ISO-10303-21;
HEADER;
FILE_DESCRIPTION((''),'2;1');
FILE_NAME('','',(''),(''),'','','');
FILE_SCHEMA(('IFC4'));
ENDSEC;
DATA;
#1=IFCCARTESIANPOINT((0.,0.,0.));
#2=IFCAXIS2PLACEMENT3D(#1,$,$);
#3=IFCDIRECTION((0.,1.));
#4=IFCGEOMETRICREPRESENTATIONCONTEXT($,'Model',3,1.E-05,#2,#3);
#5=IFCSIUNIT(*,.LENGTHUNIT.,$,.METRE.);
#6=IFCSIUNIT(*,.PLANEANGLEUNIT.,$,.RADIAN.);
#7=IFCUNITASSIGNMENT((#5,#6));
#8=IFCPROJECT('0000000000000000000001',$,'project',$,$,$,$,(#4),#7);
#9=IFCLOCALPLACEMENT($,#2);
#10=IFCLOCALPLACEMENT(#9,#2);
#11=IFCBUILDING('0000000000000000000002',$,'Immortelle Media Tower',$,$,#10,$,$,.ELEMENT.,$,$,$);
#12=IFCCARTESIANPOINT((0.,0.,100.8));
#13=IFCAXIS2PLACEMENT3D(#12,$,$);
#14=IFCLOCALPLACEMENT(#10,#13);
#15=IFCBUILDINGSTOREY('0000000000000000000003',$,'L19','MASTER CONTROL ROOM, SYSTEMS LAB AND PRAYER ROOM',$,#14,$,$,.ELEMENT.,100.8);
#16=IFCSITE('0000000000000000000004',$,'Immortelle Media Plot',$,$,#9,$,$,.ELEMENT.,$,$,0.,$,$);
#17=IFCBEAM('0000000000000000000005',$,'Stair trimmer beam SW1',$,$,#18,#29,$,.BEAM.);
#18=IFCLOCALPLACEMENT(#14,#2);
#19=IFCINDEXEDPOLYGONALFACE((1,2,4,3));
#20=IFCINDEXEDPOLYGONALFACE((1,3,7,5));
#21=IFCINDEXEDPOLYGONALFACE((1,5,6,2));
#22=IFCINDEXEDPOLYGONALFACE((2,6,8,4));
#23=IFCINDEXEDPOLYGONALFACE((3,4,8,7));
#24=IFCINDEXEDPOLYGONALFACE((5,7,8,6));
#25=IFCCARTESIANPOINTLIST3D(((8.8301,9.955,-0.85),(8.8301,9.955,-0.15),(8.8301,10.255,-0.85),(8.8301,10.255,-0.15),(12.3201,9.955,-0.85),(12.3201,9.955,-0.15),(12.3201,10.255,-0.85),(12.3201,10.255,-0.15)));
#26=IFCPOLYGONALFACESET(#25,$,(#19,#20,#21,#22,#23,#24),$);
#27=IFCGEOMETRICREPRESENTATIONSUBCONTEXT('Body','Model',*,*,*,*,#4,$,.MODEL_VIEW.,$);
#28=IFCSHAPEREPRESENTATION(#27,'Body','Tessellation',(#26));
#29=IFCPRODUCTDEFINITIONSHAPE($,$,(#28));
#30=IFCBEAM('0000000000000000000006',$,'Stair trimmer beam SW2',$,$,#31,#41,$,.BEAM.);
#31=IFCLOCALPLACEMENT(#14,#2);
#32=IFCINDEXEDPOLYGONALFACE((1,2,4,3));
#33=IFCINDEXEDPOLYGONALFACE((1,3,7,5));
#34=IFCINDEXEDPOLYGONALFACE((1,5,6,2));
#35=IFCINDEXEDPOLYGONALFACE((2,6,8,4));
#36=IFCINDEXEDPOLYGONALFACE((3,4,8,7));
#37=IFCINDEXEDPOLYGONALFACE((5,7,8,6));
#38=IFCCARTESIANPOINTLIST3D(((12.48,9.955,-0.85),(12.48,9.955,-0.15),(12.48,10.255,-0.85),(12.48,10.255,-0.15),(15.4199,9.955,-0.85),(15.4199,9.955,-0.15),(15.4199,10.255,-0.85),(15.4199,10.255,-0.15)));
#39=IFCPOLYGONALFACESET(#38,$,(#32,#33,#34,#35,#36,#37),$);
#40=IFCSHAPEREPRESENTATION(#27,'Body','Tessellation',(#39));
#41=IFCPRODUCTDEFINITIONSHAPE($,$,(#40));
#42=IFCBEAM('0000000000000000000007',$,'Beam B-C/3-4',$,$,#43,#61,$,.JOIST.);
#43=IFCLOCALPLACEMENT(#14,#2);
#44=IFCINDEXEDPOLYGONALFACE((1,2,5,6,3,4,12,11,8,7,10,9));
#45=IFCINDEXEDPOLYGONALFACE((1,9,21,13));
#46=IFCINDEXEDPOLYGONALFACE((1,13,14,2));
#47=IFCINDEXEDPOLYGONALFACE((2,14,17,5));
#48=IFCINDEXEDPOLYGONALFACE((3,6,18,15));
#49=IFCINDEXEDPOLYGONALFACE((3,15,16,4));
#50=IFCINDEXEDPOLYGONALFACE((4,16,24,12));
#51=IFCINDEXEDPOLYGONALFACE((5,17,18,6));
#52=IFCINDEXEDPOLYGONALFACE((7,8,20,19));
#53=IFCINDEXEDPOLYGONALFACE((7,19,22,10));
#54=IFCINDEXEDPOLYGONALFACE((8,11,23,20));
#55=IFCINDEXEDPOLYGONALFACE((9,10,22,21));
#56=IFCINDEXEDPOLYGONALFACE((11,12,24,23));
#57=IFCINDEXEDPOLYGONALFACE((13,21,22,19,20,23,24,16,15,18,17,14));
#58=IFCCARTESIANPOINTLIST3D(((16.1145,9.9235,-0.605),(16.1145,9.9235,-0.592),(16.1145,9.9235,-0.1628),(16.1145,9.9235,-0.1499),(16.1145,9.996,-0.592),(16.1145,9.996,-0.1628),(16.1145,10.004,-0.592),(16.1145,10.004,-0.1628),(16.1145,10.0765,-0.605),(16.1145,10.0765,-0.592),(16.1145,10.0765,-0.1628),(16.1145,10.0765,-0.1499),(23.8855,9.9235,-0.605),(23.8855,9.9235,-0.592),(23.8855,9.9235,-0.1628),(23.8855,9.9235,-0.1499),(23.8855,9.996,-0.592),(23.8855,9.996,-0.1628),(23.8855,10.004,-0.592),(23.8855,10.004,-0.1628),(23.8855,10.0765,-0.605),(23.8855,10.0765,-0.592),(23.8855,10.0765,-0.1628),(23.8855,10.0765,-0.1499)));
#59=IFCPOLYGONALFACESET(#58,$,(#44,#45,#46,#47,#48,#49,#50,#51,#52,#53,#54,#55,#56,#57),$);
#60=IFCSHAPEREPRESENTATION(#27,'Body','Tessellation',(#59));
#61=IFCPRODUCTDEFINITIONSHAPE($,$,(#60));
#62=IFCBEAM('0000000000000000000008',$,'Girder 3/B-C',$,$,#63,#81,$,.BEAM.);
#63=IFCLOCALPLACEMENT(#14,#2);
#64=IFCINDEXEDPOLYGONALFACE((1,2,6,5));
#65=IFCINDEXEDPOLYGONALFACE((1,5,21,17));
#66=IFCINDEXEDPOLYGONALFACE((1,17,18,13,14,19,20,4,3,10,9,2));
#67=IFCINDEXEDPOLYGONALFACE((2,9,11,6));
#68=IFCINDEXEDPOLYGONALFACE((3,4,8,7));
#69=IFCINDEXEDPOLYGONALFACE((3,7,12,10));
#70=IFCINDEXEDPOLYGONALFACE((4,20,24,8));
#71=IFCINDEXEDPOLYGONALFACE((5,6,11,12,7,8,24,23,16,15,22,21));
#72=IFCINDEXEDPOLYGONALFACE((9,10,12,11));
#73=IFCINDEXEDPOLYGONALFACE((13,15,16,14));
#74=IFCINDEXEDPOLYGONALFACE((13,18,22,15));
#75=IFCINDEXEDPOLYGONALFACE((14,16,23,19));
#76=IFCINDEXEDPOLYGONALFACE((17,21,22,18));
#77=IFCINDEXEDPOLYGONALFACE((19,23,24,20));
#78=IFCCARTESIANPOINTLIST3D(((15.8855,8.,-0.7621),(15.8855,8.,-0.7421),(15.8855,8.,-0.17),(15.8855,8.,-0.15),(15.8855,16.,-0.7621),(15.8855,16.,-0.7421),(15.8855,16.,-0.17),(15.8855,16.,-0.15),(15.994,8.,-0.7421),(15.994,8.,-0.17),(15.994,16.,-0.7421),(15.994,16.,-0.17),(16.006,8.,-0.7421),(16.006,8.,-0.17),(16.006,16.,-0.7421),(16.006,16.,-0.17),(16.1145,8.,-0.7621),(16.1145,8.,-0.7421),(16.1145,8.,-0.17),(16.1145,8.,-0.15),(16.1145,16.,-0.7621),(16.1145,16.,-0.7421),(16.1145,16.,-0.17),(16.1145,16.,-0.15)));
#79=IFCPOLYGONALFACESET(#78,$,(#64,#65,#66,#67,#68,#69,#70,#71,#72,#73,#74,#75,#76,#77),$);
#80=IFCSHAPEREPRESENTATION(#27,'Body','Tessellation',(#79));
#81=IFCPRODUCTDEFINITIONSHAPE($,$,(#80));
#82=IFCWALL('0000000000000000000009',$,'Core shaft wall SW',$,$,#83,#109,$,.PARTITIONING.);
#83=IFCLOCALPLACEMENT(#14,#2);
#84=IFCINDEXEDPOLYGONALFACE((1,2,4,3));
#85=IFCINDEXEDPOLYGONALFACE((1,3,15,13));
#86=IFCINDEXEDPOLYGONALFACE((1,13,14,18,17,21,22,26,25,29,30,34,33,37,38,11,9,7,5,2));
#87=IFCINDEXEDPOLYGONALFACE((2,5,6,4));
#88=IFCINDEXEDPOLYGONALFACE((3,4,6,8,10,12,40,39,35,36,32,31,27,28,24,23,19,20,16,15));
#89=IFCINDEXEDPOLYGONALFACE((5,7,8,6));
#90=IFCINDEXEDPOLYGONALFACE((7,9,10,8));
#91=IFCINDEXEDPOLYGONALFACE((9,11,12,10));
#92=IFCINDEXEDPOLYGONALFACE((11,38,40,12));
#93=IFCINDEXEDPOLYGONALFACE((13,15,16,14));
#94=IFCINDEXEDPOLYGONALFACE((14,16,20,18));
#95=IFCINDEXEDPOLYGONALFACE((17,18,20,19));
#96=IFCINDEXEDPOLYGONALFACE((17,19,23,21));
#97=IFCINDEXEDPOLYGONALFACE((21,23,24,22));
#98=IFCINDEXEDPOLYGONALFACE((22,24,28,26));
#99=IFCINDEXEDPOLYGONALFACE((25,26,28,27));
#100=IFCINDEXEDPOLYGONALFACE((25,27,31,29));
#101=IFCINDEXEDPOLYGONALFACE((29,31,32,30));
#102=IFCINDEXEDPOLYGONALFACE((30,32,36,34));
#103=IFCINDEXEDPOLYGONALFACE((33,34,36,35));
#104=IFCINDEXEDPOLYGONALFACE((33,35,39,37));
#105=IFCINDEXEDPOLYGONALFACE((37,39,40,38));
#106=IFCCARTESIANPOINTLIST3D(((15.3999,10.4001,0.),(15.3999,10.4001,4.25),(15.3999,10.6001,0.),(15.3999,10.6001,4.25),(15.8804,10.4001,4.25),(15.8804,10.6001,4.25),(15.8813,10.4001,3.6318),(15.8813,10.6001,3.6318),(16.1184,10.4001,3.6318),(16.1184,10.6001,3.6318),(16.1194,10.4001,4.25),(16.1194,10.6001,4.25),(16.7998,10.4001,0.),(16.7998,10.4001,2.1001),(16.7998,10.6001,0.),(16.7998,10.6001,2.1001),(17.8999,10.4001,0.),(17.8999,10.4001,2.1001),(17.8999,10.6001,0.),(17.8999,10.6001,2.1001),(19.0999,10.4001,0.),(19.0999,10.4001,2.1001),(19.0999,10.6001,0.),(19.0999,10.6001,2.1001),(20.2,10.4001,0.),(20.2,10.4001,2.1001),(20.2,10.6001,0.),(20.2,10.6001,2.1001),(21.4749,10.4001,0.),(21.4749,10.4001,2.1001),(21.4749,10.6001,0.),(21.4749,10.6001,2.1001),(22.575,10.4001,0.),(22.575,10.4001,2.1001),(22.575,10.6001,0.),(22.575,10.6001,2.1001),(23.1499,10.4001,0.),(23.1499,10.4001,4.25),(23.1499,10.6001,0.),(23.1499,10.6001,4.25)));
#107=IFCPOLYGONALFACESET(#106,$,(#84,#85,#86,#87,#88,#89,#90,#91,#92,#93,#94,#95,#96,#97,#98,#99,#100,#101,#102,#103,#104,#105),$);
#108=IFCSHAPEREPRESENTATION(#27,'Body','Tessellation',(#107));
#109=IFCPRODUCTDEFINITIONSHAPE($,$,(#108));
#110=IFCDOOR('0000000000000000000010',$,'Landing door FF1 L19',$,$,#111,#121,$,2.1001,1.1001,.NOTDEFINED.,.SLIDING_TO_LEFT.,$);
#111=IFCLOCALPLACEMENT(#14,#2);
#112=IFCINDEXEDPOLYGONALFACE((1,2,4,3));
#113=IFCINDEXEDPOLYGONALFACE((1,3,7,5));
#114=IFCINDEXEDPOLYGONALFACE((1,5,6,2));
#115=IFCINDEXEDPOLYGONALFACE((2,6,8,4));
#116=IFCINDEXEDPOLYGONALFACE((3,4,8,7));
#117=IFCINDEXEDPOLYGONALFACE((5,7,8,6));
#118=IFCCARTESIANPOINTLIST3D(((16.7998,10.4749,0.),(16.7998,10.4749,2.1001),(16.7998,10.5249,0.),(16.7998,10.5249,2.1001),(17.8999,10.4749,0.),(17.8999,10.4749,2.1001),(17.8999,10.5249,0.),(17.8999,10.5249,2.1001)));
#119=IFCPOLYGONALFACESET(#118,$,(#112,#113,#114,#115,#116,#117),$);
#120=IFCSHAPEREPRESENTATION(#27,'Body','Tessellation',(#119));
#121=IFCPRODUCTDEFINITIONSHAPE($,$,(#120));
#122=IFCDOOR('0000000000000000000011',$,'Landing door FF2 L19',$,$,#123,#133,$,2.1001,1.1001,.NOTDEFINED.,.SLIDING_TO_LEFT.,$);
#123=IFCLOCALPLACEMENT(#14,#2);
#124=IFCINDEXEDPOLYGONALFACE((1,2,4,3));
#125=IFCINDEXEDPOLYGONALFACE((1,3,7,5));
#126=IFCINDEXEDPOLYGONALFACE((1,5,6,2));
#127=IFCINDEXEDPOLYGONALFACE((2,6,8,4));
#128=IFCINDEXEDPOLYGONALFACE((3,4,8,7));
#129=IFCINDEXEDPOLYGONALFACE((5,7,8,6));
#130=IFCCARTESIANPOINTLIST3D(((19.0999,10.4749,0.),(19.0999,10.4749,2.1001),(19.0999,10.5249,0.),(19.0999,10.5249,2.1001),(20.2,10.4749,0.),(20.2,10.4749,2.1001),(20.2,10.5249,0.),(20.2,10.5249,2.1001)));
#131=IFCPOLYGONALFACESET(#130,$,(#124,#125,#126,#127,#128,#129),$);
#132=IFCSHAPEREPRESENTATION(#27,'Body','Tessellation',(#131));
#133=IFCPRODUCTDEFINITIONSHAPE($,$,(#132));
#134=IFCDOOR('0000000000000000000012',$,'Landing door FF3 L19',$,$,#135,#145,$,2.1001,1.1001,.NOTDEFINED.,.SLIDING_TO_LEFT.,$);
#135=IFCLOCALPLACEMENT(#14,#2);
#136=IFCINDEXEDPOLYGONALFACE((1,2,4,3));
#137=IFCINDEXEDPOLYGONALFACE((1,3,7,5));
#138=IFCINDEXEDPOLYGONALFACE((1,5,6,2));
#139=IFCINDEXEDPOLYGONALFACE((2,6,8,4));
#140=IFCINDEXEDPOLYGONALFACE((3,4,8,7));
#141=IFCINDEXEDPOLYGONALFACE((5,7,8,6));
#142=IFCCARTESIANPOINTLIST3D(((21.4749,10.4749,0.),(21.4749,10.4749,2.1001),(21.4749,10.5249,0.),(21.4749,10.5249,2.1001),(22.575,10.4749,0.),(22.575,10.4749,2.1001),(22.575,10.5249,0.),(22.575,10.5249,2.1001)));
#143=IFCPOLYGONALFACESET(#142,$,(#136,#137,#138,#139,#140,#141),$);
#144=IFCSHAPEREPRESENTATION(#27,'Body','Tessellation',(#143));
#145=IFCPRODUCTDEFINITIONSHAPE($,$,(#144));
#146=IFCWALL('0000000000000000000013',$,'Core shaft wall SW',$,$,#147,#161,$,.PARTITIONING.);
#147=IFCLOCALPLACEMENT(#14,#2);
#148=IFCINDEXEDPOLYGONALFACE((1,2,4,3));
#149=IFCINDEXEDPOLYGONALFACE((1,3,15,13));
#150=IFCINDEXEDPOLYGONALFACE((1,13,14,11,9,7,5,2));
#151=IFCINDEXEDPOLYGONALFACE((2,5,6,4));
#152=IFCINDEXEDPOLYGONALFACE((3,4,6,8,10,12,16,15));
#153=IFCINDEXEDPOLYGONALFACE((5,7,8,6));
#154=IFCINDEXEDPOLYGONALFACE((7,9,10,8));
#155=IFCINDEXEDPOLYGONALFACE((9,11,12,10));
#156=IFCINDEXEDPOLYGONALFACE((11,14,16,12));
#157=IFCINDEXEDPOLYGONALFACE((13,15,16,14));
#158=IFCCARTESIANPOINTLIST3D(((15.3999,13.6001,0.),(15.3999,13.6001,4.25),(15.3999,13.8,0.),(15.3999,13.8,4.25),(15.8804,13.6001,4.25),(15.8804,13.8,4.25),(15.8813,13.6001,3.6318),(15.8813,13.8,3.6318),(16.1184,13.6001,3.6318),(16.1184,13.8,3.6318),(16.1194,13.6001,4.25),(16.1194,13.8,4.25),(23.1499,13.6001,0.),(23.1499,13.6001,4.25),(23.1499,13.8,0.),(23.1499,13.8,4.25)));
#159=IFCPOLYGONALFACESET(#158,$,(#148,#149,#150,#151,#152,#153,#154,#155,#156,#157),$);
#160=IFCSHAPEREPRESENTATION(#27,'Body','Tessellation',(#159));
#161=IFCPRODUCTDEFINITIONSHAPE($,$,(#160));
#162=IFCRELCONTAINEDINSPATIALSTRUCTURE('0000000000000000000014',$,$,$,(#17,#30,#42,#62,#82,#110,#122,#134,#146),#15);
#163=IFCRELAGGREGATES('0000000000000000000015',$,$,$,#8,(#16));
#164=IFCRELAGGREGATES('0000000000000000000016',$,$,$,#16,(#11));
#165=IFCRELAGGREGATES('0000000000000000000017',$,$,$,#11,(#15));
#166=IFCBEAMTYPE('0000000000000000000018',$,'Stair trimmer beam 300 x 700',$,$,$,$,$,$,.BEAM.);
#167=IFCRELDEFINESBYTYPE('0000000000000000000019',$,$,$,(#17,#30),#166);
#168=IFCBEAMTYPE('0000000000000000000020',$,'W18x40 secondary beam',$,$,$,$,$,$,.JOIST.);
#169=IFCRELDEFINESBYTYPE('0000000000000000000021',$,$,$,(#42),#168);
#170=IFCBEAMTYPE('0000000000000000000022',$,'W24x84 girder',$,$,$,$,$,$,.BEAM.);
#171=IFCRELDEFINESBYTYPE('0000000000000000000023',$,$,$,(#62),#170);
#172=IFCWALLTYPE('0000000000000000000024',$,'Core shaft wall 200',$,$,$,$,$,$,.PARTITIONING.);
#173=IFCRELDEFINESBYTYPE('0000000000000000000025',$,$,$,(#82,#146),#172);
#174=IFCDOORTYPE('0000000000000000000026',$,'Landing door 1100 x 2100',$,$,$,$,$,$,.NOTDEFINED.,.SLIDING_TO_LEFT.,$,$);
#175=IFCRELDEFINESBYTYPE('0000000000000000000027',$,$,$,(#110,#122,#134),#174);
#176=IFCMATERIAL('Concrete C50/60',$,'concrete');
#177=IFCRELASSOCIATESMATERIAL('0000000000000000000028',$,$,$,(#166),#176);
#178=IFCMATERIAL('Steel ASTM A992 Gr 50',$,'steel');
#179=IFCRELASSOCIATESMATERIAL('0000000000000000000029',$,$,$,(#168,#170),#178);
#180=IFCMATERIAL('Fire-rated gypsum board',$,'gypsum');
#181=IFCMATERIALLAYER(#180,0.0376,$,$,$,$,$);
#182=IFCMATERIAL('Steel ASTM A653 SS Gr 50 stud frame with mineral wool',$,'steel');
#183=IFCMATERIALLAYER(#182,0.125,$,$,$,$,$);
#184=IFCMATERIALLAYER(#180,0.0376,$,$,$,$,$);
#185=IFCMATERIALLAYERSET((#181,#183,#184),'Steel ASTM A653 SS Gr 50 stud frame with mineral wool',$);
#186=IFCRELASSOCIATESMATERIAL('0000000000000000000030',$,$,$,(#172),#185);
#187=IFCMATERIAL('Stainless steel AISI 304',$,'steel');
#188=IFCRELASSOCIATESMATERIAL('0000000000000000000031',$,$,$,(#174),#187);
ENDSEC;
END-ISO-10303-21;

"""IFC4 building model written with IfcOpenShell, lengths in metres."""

from ifc_helpers import new_model, si_unit, direction, frame, frame_2d, origin, origin_2d, place, context, subcontext, project, spatial, polyline, rectangle, i_section, outline, extrude, material, layer, layer_set, material_profile, profile_set, type_object, element, fill, save


model = new_model("IFC4")

# Units and contexts
model_context = context("Model", 3, precision=1e-05, world=origin(), true_north=direction((0.0, 1.0)))
body_context = subcontext(model_context, "Body", "Model", "MODEL_VIEW")
ifc_project = project(units=[si_unit("LENGTHUNIT", "METRE"), si_unit("PLANEANGLEUNIT", "RADIAN")], contexts=[model_context])

# Site, building, storey
site_placement = place(None, origin())
site = spatial("IfcSite", under=ifc_project, at=site_placement, Name="Immortelle Media Plot", CompositionType="ELEMENT", RefElevation=0.0)
building_placement = place(site_placement, origin())
building = spatial("IfcBuilding", under=site, at=building_placement, Name="Immortelle Media Tower", CompositionType="ELEMENT")
storey_placement = place(building_placement, frame((0.0, 0.0, 100.8)))
storey = spatial("IfcBuildingStorey", under=building, at=storey_placement, Name="L19", Description="MASTER CONTROL ROOM, SYSTEMS LAB AND PRAYER ROOM", CompositionType="ELEMENT", Elevation=100.8)

# Beams
ifc_material_1 = material(Name="Concrete C50/60", Category="concrete")
ifc_material_profile_1 = material_profile(ifc_material_1, rectangle(XDim=0.3, YDim=0.7, at=origin_2d()), Name="RC 300x700")
ifc_profile_set_1 = profile_set([ifc_material_profile_1], Name="Concrete C50/60")
beam_type_1 = type_object("IfcBeamType", Name="Stair trimmer beam 300 x 700", PredefinedType="BEAM", material=ifc_profile_set_1)
beam_1_placement = place(storey_placement, frame((8.8301, 10.105, -0.5), z_axis=(1.0, 0.0, 0.0), x_axis=(0.0, 1.0, 0.0)))
element("IfcBeam", 1, at=beam_1_placement, inside=storey, type_object=beam_type_1, Name="Stair trimmer beam SW1", PredefinedType="BEAM", context=body_context, shape_type="SweptSolid", body=[
    extrude(rectangle(XDim=0.3, YDim=0.7, at=origin_2d()), origin(), (0.0, 0.0, 1.0), 3.49),
])
beam_2_placement = place(storey_placement, frame((12.48, 10.105, -0.5), z_axis=(1.0, 0.0, 0.0), x_axis=(0.0, 1.0, 0.0)))
element("IfcBeam", 2, at=beam_2_placement, inside=storey, type_object=beam_type_1, Name="Stair trimmer beam SW2", PredefinedType="BEAM", context=body_context, shape_type="SweptSolid", body=[
    extrude(rectangle(XDim=0.3, YDim=0.7, at=origin_2d()), origin(), (0.0, 0.0, 1.0), 2.9399),
])
ifc_material_2 = material(Name="Steel ASTM A992 Gr 50", Category="steel")
ifc_material_profile_2 = material_profile(ifc_material_2, i_section(OverallWidth=0.1531, OverallDepth=0.4551, WebThickness=0.0081, FlangeThickness=0.0129, at=origin_2d()), Name="W18x40")
ifc_profile_set_2 = profile_set([ifc_material_profile_2], Name="Steel ASTM A992 Gr 50")
beam_type_2 = type_object("IfcBeamType", Name="W18x40 secondary beam", PredefinedType="JOIST", material=ifc_profile_set_2)
beam_3_placement = place(storey_placement, frame((16.1145, 10.0, -0.3774), z_axis=(1.0, 0.0, 0.0), x_axis=(0.0, 1.0, 0.0)))
element("IfcBeam", 3, at=beam_3_placement, inside=storey, type_object=beam_type_2, Name="Beam B-C/3-4", PredefinedType="JOIST", context=body_context, shape_type="SweptSolid", body=[
    extrude(i_section(OverallWidth=0.1531, OverallDepth=0.4551, WebThickness=0.0081, FlangeThickness=0.0129, at=origin_2d()), origin(), (0.0, 0.0, 1.0), 7.771),
])
ifc_material_profile_3 = material_profile(ifc_material_2, i_section(OverallWidth=0.229, OverallDepth=0.6121, WebThickness=0.012, FlangeThickness=0.02, at=origin_2d()), Name="W24x84")
ifc_profile_set_3 = profile_set([ifc_material_profile_3], Name="Steel ASTM A992 Gr 50")
beam_type_3 = type_object("IfcBeamType", Name="W24x84 girder", PredefinedType="BEAM", material=ifc_profile_set_3)
beam_4_placement = place(storey_placement, frame((16.0, 8.0, -0.4561), z_axis=(0.0, 1.0, 0.0), x_axis=(-1.0, 0.0, 0.0)))
element("IfcBeam", 4, at=beam_4_placement, inside=storey, type_object=beam_type_3, Name="Girder 3/B-C", PredefinedType="BEAM", context=body_context, shape_type="SweptSolid", body=[
    extrude(i_section(OverallWidth=0.229, OverallDepth=0.6121, WebThickness=0.012, FlangeThickness=0.02, at=origin_2d()), origin(), (0.0, 0.0, 1.0), 8.0),
])

# Wall, openings, doors
ifc_material_3 = material(Name="Fire-rated gypsum board", Category="gypsum")
ifc_layer_1 = layer(ifc_material_3, 0.0376)
ifc_material_4 = material(Name="Steel ASTM A653 SS Gr 50 stud frame with mineral wool", Category="steel")
ifc_layer_2 = layer(ifc_material_4, 0.125)
ifc_layer_3 = layer(ifc_material_3, 0.0376)
ifc_layer_set_1 = layer_set([ifc_layer_1, ifc_layer_2, ifc_layer_3], Name="Steel ASTM A653 SS Gr 50 stud frame with mineral wool")
wall_type_1 = type_object("IfcWallType", Name="Core shaft wall 200", PredefinedType="PARTITIONING", material=ifc_layer_set_1)
wall_1_placement = place(storey_placement, frame((15.3999, 10.5, 0.0), z_axis=(0.0, 0.0, 1.0), x_axis=(1.0, 0.0, 0.0)))
wall_1 = element("IfcWall", 5, at=wall_1_placement, inside=storey, type_object=wall_type_1, Name="Core shaft wall SW", PredefinedType="PARTITIONING", context=body_context, shape_type="SweptSolid", body=[
    extrude(outline(polyline([(0.0, 0.0), (7.75, 0.0), (7.75, 4.25), (0.7195, 4.25), (0.7185, 3.6318), (0.4814, 3.6318), (0.4805, 4.25), (0.0, 4.25), (0.0, 0.0)])), frame((0.0, 0.1001, 0.0), z_axis=(0.0, -1.0, 0.0), x_axis=(1.0, 0.0, 0.0)), (0.0, 0.0, 1.0), 0.2),
])
opening_1_placement = place(wall_1_placement, frame((1.3999, 0.0, 0.0)))
opening_1 = element("IfcOpeningElement", 6, at=opening_1_placement, cuts=wall_1, PredefinedType="OPENING", context=body_context, shape_type="SweptSolid", body=[
    extrude(rectangle(XDim=1.1001, YDim=2.1001, at=frame_2d((0.55, 1.05))), frame((0.0, 0.1099, 0.0), z_axis=(0.0, -1.0, 0.0), x_axis=(1.0, 0.0, 0.0)), (0.0, 0.0, 1.0), 0.22),
])
opening_2_placement = place(wall_1_placement, frame((3.7, 0.0, 0.0)))
opening_2 = element("IfcOpeningElement", 7, at=opening_2_placement, cuts=wall_1, PredefinedType="OPENING", context=body_context, shape_type="SweptSolid", body=[
    extrude(rectangle(XDim=1.1001, YDim=2.1001, at=frame_2d((0.55, 1.05))), frame((0.0, 0.1099, 0.0), z_axis=(0.0, -1.0, 0.0), x_axis=(1.0, 0.0, 0.0)), (0.0, 0.0, 1.0), 0.22),
])
opening_3_placement = place(wall_1_placement, frame((6.075, 0.0, 0.0)))
opening_3 = element("IfcOpeningElement", 8, at=opening_3_placement, cuts=wall_1, PredefinedType="OPENING", context=body_context, shape_type="SweptSolid", body=[
    extrude(rectangle(XDim=1.1001, YDim=2.1001, at=frame_2d((0.55, 1.05))), frame((0.0, 0.1099, 0.0), z_axis=(0.0, -1.0, 0.0), x_axis=(1.0, 0.0, 0.0)), (0.0, 0.0, 1.0), 0.22),
])
ifc_material_5 = material(Name="Stainless steel AISI 304", Category="steel")
door_type_1 = type_object("IfcDoorType", Name="Landing door 1100 x 2100", OperationType="SLIDING_TO_LEFT", PredefinedType="NOTDEFINED", material=ifc_material_5)
door_1_placement = place(opening_1_placement, origin())
door_1 = element("IfcDoor", 9, at=door_1_placement, inside=storey, type_object=door_type_1, Name="Landing door FF1 L19", OperationType="SLIDING_TO_LEFT", OverallHeight=2.1001, OverallWidth=1.1001, PredefinedType="NOTDEFINED", context=body_context, shape_type="SweptSolid", body=[
    extrude(rectangle(XDim=1.1001, YDim=2.1001, at=frame_2d((0.55, 1.05))), frame((0.0, 0.0249, 0.0), z_axis=(0.0, -1.0, 0.0), x_axis=(1.0, 0.0, 0.0)), (0.0, 0.0, 1.0), 0.05),
])
fill(opening_1, door_1)
door_2_placement = place(opening_2_placement, origin())
door_2 = element("IfcDoor", 10, at=door_2_placement, inside=storey, type_object=door_type_1, Name="Landing door FF2 L19", OperationType="SLIDING_TO_LEFT", OverallHeight=2.1001, OverallWidth=1.1001, PredefinedType="NOTDEFINED", context=body_context, shape_type="SweptSolid", body=[
    extrude(rectangle(XDim=1.1001, YDim=2.1001, at=frame_2d((0.55, 1.05))), frame((0.0, 0.0249, 0.0), z_axis=(0.0, -1.0, 0.0), x_axis=(1.0, 0.0, 0.0)), (0.0, 0.0, 1.0), 0.05),
])
fill(opening_2, door_2)
door_3_placement = place(opening_3_placement, origin())
door_3 = element("IfcDoor", 11, at=door_3_placement, inside=storey, type_object=door_type_1, Name="Landing door FF3 L19", OperationType="SLIDING_TO_LEFT", OverallHeight=2.1001, OverallWidth=1.1001, PredefinedType="NOTDEFINED", context=body_context, shape_type="SweptSolid", body=[
    extrude(rectangle(XDim=1.1001, YDim=2.1001, at=frame_2d((0.55, 1.05))), frame((0.0, 0.0249, 0.0), z_axis=(0.0, -1.0, 0.0), x_axis=(1.0, 0.0, 0.0)), (0.0, 0.0, 1.0), 0.05),
])
fill(opening_3, door_3)

# Wall
wall_2_placement = place(storey_placement, frame((15.3999, 13.7, 0.0), z_axis=(0.0, 0.0, 1.0), x_axis=(1.0, 0.0, 0.0)))
element("IfcWall", 12, at=wall_2_placement, inside=storey, type_object=wall_type_1, Name="Core shaft wall SW", PredefinedType="PARTITIONING", context=body_context, shape_type="SweptSolid", body=[
    extrude(outline(polyline([(0.0, 0.0), (7.75, 0.0), (7.75, 4.25), (0.7195, 4.25), (0.7185, 3.6318), (0.4814, 3.6318), (0.4805, 4.25), (0.0, 4.25), (0.0, 0.0)])), frame((0.0, 0.1001, 0.0), z_axis=(0.0, -1.0, 0.0), x_axis=(1.0, 0.0, 0.0)), (0.0, 0.0, 1.0), 0.2),
])

save(model, "model.ifc")
